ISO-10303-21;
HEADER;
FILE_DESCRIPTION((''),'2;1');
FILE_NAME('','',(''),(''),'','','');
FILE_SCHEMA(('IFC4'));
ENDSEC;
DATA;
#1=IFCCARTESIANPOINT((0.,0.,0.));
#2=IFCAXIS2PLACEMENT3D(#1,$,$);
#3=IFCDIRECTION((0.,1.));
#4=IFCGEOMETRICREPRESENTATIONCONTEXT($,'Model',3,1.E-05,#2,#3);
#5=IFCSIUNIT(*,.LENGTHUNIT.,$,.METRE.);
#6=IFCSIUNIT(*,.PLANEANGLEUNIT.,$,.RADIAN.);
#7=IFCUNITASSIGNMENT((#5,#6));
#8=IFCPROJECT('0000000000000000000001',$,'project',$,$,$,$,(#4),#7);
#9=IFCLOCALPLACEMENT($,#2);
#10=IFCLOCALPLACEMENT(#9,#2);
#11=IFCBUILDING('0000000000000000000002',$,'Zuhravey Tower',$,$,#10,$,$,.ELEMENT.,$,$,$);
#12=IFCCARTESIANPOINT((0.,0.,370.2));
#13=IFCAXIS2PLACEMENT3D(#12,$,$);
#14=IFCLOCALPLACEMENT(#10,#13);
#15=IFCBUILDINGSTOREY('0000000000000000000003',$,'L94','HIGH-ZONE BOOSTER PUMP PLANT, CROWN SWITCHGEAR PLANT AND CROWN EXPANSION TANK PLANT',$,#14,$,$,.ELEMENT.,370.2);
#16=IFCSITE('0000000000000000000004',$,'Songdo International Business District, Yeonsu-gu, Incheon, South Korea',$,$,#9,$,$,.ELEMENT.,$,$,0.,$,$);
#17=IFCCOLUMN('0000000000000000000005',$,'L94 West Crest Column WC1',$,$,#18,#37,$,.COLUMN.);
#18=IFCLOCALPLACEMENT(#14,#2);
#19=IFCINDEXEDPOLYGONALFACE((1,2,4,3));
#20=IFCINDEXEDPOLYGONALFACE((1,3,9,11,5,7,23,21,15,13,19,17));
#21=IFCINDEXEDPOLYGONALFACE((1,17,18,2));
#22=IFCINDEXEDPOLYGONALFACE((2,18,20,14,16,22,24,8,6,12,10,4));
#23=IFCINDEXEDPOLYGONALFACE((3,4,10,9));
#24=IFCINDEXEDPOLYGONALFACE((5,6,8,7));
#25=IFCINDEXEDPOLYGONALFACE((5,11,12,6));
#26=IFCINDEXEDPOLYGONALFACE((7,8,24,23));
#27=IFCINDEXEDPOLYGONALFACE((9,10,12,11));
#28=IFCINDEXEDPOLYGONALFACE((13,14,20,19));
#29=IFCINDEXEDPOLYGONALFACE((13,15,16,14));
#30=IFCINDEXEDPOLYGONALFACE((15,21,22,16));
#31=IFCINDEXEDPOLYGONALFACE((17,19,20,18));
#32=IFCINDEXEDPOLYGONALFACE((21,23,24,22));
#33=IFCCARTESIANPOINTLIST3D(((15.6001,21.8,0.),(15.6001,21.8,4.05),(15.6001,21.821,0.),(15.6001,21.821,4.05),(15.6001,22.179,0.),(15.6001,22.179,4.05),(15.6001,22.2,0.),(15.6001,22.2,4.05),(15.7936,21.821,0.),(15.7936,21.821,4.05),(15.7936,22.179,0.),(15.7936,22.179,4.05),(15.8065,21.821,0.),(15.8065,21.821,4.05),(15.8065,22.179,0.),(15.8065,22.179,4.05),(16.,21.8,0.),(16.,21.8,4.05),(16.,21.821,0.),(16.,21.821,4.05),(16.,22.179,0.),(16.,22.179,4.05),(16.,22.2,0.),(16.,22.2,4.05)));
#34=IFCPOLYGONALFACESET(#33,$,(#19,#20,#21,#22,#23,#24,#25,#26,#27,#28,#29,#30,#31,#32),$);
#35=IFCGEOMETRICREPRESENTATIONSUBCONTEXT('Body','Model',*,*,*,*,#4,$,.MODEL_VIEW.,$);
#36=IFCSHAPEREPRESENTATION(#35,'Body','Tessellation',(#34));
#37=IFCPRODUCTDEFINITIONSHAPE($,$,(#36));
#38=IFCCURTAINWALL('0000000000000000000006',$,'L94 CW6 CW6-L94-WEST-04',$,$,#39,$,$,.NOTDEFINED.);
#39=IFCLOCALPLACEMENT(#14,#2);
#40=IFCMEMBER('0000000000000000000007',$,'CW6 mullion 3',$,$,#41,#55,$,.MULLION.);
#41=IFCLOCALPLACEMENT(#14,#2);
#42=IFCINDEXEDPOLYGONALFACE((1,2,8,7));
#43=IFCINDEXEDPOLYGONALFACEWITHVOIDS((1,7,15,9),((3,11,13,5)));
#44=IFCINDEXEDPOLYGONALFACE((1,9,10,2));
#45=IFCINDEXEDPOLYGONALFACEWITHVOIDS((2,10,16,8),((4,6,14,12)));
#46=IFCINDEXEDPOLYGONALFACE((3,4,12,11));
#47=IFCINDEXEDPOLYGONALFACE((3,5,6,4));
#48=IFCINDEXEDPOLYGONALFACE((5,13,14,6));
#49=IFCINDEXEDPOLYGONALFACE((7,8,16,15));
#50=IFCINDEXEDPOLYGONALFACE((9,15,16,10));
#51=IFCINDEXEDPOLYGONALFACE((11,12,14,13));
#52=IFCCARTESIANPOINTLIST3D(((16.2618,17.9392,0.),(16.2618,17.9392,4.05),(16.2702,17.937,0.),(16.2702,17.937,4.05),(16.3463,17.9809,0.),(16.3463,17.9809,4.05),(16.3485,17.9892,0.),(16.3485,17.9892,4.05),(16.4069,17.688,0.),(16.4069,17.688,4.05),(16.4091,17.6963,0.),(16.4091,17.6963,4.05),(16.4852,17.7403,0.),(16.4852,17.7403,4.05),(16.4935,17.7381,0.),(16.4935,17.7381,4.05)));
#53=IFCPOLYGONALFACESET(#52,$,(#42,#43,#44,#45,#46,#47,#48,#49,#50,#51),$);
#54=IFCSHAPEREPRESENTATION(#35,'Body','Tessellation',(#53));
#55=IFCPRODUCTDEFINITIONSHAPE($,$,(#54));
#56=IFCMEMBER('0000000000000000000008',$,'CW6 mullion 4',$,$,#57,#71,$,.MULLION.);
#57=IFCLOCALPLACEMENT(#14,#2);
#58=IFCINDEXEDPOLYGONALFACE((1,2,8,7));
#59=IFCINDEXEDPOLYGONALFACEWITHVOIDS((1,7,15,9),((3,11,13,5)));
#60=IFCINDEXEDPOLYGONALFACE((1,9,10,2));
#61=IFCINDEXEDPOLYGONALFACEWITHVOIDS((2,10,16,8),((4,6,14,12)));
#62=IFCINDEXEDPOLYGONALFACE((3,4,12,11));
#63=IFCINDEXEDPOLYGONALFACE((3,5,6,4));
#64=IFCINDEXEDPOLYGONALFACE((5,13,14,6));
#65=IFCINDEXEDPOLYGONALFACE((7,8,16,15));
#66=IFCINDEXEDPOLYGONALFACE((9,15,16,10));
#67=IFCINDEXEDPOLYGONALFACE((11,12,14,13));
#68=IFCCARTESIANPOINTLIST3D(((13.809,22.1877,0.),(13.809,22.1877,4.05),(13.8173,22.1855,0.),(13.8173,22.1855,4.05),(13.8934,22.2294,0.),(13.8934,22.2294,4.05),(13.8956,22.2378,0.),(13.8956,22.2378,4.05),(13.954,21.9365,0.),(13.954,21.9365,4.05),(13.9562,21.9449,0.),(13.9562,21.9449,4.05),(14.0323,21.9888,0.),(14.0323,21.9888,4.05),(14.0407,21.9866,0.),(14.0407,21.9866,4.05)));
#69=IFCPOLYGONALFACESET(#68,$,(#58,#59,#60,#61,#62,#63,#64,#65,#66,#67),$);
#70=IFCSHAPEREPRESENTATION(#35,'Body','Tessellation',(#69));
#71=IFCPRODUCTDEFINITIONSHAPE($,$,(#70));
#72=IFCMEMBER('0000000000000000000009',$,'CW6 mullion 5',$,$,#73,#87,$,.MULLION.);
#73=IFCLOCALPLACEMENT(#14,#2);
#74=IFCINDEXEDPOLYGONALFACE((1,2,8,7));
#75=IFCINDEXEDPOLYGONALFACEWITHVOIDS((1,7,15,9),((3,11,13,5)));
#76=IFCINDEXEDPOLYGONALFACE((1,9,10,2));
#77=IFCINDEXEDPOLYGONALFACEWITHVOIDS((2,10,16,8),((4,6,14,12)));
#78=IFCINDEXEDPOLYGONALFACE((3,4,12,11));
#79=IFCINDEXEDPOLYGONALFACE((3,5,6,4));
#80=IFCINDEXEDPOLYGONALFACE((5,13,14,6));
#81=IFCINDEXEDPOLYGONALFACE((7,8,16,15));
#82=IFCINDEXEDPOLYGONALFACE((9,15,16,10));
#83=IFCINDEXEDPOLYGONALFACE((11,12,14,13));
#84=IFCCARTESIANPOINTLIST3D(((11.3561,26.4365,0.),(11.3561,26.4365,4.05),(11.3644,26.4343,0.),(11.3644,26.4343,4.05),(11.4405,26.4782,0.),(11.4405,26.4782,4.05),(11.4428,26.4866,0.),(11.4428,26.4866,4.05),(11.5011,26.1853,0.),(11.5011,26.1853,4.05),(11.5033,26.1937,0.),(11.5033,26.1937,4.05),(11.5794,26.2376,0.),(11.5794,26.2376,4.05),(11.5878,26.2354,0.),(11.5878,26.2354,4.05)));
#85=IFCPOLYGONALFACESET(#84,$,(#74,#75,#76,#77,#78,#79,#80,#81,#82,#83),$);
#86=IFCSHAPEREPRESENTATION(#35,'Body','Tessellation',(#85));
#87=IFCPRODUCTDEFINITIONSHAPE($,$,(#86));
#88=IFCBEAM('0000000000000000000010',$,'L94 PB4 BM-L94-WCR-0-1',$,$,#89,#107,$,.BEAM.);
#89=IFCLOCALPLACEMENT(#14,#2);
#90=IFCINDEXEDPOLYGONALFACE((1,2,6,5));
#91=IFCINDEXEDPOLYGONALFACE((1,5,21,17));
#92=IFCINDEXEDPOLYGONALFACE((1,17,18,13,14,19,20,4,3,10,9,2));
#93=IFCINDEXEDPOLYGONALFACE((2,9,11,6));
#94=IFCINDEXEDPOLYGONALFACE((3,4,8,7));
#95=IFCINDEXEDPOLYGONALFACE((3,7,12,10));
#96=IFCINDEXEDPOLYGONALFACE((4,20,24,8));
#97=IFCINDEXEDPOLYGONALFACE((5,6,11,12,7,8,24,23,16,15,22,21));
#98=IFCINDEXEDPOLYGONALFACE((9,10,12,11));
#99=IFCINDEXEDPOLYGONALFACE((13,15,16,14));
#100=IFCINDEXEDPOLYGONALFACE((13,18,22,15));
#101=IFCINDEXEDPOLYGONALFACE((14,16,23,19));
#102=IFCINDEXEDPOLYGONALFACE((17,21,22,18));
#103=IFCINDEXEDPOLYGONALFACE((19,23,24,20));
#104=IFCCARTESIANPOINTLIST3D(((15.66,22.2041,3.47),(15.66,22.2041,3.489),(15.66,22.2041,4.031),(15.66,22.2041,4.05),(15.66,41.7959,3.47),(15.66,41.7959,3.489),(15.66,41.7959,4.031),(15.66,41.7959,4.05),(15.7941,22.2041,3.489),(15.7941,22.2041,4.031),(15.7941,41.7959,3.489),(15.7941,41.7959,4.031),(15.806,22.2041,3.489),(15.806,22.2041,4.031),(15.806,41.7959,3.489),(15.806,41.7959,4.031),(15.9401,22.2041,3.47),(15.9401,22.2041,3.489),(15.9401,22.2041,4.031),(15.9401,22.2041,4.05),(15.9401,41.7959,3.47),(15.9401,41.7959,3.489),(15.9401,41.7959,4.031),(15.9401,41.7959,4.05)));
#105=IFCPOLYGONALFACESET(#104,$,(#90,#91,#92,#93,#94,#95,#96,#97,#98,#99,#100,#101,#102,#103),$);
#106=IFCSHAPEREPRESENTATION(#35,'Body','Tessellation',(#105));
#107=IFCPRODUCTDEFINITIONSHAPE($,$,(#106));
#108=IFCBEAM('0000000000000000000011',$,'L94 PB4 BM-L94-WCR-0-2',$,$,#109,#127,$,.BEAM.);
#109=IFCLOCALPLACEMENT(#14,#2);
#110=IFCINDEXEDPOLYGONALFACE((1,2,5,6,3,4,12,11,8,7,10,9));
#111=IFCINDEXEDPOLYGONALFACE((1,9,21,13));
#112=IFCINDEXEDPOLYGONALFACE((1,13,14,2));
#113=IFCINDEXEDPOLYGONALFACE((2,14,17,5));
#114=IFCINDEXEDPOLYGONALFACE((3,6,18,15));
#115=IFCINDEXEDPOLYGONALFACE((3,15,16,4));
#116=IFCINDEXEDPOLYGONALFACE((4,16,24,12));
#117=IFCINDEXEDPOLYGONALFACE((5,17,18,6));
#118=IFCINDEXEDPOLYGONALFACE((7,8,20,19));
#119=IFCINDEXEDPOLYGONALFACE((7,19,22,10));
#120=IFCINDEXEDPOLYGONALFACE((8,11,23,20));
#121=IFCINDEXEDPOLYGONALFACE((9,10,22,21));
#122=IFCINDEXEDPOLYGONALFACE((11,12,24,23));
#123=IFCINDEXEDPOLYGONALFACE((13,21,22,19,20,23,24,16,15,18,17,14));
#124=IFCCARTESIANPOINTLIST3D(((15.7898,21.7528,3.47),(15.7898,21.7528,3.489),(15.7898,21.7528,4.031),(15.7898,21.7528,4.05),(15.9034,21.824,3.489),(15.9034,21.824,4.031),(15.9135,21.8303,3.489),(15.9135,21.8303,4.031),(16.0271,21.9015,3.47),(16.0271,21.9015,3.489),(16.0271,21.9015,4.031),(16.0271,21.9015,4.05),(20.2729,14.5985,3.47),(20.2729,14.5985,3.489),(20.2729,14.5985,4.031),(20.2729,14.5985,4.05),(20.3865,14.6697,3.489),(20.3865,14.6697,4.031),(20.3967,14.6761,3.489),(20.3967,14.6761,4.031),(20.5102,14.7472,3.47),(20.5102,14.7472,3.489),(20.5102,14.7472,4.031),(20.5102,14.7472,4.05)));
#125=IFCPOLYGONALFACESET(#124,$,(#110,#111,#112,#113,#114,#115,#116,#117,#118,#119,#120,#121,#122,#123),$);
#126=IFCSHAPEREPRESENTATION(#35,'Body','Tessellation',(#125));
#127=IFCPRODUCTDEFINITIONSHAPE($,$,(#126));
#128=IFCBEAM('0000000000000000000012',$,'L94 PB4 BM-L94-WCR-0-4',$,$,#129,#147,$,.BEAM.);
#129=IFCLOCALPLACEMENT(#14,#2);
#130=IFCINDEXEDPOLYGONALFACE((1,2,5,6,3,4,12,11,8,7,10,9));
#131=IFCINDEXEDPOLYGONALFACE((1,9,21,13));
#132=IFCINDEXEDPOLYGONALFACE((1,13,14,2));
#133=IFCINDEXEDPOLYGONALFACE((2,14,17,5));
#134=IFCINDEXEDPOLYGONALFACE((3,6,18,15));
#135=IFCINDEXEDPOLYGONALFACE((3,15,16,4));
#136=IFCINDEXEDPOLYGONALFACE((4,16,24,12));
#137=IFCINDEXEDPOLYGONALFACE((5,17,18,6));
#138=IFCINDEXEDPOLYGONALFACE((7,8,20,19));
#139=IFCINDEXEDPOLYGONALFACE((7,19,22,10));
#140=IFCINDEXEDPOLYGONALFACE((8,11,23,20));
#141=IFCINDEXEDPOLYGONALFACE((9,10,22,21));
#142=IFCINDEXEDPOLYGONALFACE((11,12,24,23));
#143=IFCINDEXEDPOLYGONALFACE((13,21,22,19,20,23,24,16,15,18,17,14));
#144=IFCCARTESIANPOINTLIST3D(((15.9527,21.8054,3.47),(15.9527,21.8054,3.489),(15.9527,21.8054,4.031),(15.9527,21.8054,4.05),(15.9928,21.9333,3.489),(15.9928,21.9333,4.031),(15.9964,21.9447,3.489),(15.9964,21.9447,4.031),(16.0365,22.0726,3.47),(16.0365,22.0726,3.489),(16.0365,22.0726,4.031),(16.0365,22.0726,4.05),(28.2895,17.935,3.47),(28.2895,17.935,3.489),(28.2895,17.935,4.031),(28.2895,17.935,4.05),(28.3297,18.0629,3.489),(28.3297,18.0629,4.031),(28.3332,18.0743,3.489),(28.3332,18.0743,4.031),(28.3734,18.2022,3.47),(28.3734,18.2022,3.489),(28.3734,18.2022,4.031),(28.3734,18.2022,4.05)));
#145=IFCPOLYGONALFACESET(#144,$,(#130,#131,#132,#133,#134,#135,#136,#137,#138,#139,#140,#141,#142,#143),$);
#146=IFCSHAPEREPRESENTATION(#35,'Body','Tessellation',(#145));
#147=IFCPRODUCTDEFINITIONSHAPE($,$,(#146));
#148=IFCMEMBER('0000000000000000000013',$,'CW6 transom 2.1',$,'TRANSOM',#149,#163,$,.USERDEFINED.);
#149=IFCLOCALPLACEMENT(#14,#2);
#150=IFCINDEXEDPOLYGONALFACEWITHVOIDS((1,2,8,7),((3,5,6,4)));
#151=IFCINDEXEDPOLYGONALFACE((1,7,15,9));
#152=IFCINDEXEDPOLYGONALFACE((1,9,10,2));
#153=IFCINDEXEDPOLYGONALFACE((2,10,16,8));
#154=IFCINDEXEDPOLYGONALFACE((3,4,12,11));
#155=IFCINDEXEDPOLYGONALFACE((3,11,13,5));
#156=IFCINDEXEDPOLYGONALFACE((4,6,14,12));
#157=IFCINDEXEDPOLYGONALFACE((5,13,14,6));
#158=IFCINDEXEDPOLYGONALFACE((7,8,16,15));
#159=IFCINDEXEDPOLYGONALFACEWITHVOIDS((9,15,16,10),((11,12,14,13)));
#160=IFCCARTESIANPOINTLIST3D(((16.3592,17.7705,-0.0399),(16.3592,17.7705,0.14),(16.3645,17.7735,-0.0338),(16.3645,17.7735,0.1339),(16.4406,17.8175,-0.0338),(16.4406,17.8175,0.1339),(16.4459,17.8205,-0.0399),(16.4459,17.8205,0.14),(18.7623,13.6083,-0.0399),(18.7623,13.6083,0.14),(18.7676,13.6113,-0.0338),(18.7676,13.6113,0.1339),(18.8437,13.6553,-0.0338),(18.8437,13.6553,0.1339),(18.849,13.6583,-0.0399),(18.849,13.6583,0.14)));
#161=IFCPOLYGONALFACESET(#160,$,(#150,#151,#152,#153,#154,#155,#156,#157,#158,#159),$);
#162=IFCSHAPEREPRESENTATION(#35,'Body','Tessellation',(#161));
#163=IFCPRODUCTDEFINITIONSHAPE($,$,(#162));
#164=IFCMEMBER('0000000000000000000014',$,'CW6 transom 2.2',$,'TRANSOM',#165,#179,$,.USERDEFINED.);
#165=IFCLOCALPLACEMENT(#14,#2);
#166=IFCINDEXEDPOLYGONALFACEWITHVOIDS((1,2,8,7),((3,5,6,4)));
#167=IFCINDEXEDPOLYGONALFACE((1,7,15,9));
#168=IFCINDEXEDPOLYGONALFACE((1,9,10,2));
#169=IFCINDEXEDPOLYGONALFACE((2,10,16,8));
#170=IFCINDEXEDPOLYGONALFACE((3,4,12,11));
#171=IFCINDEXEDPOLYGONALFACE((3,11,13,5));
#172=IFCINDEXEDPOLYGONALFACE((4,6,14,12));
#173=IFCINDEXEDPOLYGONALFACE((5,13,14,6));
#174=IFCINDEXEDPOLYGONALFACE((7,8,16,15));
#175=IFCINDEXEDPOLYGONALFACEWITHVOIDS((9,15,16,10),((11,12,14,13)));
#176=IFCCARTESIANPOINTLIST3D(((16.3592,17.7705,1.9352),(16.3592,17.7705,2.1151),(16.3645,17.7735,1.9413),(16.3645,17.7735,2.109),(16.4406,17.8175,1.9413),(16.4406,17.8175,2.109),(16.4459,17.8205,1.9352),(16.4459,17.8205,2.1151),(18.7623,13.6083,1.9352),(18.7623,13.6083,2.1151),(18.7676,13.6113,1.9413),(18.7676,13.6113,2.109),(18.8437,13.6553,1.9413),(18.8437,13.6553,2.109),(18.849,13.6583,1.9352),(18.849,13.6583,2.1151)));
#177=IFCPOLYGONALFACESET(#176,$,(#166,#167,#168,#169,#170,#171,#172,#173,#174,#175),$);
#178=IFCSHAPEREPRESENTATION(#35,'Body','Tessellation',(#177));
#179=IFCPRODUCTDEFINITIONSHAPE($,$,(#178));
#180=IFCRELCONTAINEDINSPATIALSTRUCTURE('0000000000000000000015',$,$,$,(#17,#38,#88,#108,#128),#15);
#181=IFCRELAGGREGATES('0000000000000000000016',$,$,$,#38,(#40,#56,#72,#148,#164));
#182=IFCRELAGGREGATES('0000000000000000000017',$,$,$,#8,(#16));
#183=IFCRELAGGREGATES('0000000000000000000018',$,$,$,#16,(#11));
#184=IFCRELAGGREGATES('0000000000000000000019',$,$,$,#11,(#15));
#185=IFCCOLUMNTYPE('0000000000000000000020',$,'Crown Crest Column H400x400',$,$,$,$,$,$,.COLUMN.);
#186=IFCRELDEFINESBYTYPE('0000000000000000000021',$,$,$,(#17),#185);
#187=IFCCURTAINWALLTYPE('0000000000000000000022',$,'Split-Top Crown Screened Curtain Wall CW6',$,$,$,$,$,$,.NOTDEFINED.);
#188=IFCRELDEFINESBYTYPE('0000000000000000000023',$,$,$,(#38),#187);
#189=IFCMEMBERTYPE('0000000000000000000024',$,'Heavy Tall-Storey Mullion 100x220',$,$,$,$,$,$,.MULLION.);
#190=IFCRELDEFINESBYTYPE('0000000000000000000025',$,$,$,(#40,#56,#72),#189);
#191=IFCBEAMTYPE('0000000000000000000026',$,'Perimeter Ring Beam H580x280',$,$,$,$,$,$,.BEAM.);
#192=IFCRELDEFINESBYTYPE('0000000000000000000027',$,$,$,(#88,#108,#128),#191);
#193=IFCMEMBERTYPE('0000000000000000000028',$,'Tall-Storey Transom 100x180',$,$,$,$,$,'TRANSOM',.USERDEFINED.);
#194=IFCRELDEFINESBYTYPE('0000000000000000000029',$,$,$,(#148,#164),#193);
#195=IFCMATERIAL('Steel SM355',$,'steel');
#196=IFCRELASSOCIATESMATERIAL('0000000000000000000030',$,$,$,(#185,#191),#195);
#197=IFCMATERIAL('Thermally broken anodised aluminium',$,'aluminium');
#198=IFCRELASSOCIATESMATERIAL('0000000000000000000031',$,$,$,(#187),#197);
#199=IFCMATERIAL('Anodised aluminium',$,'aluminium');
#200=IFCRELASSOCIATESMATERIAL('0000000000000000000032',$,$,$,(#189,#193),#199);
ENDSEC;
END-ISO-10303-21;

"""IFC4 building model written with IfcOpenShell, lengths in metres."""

from ifc_helpers import new_model, si_unit, direction, frame, origin, origin_2d, place, context, subcontext, project, spatial, hollow_rectangle, i_section, extrude, material, material_profile, profile_set, type_object, element, aggregate, save


model = new_model("IFC4")

# Units and contexts
model_context = context("Model", 3, precision=1e-05, world=origin(), true_north=direction((0.0, 1.0)))
body_context = subcontext(model_context, "Body", "Model", "MODEL_VIEW")
ifc_project = project(units=[si_unit("LENGTHUNIT", "METRE"), si_unit("PLANEANGLEUNIT", "RADIAN")], contexts=[model_context])

# Site, building, storey
site_placement = place(None, origin())
site = spatial("IfcSite", under=ifc_project, at=site_placement, Name="Songdo International Business District, Yeonsu-gu, Incheon, South Korea", CompositionType="ELEMENT", RefElevation=0.0)
building_placement = place(site_placement, origin())
building = spatial("IfcBuilding", under=site, at=building_placement, Name="Zuhravey Tower", CompositionType="ELEMENT")
storey_placement = place(building_placement, frame((0.0, 0.0, 370.2)))
storey = spatial("IfcBuildingStorey", under=building, at=storey_placement, Name="L94", Description="HIGH-ZONE BOOSTER PUMP PLANT, CROWN SWITCHGEAR PLANT AND CROWN EXPANSION TANK PLANT", CompositionType="ELEMENT", Elevation=370.2)

# Column
ifc_material_1 = material(Name="Steel SM355", Category="steel")
ifc_material_profile_1 = material_profile(ifc_material_1, i_section(OverallWidth=0.3999, OverallDepth=0.3999, WebThickness=0.0129, FlangeThickness=0.021, at=origin_2d()), Name="H-400x400x13x21")
ifc_profile_set_1 = profile_set([ifc_material_profile_1], Name="Steel SM355")
column_type = type_object("IfcColumnType", Name="Crown Crest Column H400x400", PredefinedType="COLUMN", material=ifc_profile_set_1)
column_placement = place(storey_placement, frame((15.8, 22.0, 0.0), z_axis=(0.0, 0.0, 1.0), x_axis=(1.0, 0.0, 0.0)))
element("IfcColumn", 1, at=column_placement, inside=storey, type_object=column_type, Name="L94 West Crest Column WC1", PredefinedType="COLUMN", context=body_context, shape_type="SweptSolid", body=[
    extrude(i_section(OverallWidth=0.3999, OverallDepth=0.3999, WebThickness=0.0129, FlangeThickness=0.021, at=origin_2d()), origin(), (0.0, 0.0, 1.0), 4.05),
])

# Curtain wall, members
ifc_material_2 = material(Name="Thermally broken anodised aluminium", Category="aluminium")
curtain_wall_type = type_object("IfcCurtainWallType", Name="Split-Top Crown Screened Curtain Wall CW6", PredefinedType="NOTDEFINED", material=ifc_material_2)
curtain_wall_placement = place(storey_placement, origin())
curtain_wall = element("IfcCurtainWall", 2, at=curtain_wall_placement, inside=storey, type_object=curtain_wall_type, Name="L94 CW6 CW6-L94-WEST-04", PredefinedType="NOTDEFINED")
ifc_material_3 = material(Name="Anodised aluminium", Category="aluminium")
ifc_material_profile_2 = material_profile(ifc_material_3, hollow_rectangle(XDim=0.1001, YDim=0.29, WallThickness=0.0061, at=origin_2d()), Name="ALU-RHS-100x290x6")
ifc_profile_set_2 = profile_set([ifc_material_profile_2], Name="Anodised aluminium")
member_type_1 = type_object("IfcMemberType", Name="Heavy Tall-Storey Mullion 100x220", PredefinedType="MULLION", material=ifc_profile_set_2)
member_1_placement = place(storey_placement, frame((16.3777, 17.8386, 0.0), z_axis=(0.0, 0.0, 1.0), x_axis=(-0.866027, -0.499997, 0.0)))
member_1 = element("IfcMember", 3, at=member_1_placement, type_object=member_type_1, Name="CW6 mullion 3", PredefinedType="MULLION", context=body_context, shape_type="SweptSolid", body=[
    extrude(hollow_rectangle(XDim=0.1001, YDim=0.29, WallThickness=0.0061, at=origin_2d()), origin(), (0.0, 0.0, 1.0), 4.05),
])
member_2_placement = place(storey_placement, frame((13.9248, 22.0872, 0.0), z_axis=(0.0, 0.0, 1.0), x_axis=(-0.866027, -0.499997, 0.0)))
member_2 = element("IfcMember", 4, at=member_2_placement, type_object=member_type_1, Name="CW6 mullion 4", PredefinedType="MULLION", context=body_context, shape_type="SweptSolid", body=[
    extrude(hollow_rectangle(XDim=0.1001, YDim=0.29, WallThickness=0.0061, at=origin_2d()), origin(), (0.0, 0.0, 1.0), 4.05),
])
member_3_placement = place(storey_placement, frame((11.4719, 26.3359, 0.0), z_axis=(0.0, 0.0, 1.0), x_axis=(-0.866027, -0.499997, 0.0)))
member_3 = element("IfcMember", 5, at=member_3_placement, type_object=member_type_1, Name="CW6 mullion 5", PredefinedType="MULLION", context=body_context, shape_type="SweptSolid", body=[
    extrude(hollow_rectangle(XDim=0.1001, YDim=0.29, WallThickness=0.0061, at=origin_2d()), origin(), (0.0, 0.0, 1.0), 4.05),
])

# Beams
ifc_material_profile_3 = material_profile(ifc_material_1, i_section(OverallWidth=0.28, OverallDepth=0.5801, WebThickness=0.012, FlangeThickness=0.019, at=origin_2d()), Name="H-580x280x12x19")
ifc_profile_set_3 = profile_set([ifc_material_profile_3], Name="Steel SM355")
beam_type = type_object("IfcBeamType", Name="Perimeter Ring Beam H580x280", PredefinedType="BEAM", material=ifc_profile_set_3)
beam_1_placement = place(storey_placement, frame((15.8, 22.2041, 3.76), z_axis=(0.0, 1.0, 0.0), x_axis=(-1.0, 0.0, 0.0)))
element("IfcBeam", 6, at=beam_1_placement, inside=storey, type_object=beam_type, Name="L94 PB4 BM-L94-WCR-0-1", PredefinedType="BEAM", context=body_context, shape_type="SweptSolid", body=[
    extrude(i_section(OverallWidth=0.28, OverallDepth=0.5801, WebThickness=0.012, FlangeThickness=0.019, at=origin_2d()), origin(), (0.0, 0.0, 1.0), 19.5918),
])
beam_2_placement = place(storey_placement, frame((15.9084, 21.8271, 3.76), z_axis=(0.530997, -0.847374, 0.0), x_axis=(0.847374, 0.530997, 0.0)))
element("IfcBeam", 7, at=beam_2_placement, inside=storey, type_object=beam_type, Name="L94 PB4 BM-L94-WCR-0-2", PredefinedType="BEAM", context=body_context, shape_type="SweptSolid", body=[
    extrude(i_section(OverallWidth=0.28, OverallDepth=0.5801, WebThickness=0.012, FlangeThickness=0.019, at=origin_2d()), origin(), (0.0, 0.0, 1.0), 8.4429),
])
beam_3_placement = place(storey_placement, frame((15.9946, 21.939, 3.76), z_axis=(0.954147, -0.299337, 0.0), x_axis=(0.299337, 0.954147, 0.0)))
element("IfcBeam", 8, at=beam_3_placement, inside=storey, type_object=beam_type, Name="L94 PB4 BM-L94-WCR-0-4", PredefinedType="BEAM", context=body_context, shape_type="SweptSolid", body=[
    extrude(i_section(OverallWidth=0.28, OverallDepth=0.5801, WebThickness=0.012, FlangeThickness=0.019, at=origin_2d()), origin(), (0.0, 0.0, 1.0), 12.9297),
])

# Members
ifc_material_profile_4 = material_profile(ifc_material_3, hollow_rectangle(XDim=0.1001, YDim=0.1799, WallThickness=0.0061, at=origin_2d()), Name="ALU-RHS-100x180x6")
ifc_profile_set_4 = profile_set([ifc_material_profile_4], Name="Anodised aluminium")
member_type_2 = type_object("IfcMemberType", Name="Tall-Storey Transom 100x180", ElementType="TRANSOM", PredefinedType="USERDEFINED", material=ifc_profile_set_4)
member_4_placement = place(storey_placement, frame((18.8057, 13.6333, 0.05), z_axis=(-0.500013, 0.866018, 0.0), x_axis=(-0.866018, -0.500013, 0.0)))
member_4 = element("IfcMember", 9, at=member_4_placement, type_object=member_type_2, Name="CW6 transom 2.1", ObjectType="TRANSOM", PredefinedType="USERDEFINED", context=body_context, shape_type="SweptSolid", body=[
    extrude(hollow_rectangle(XDim=0.1001, YDim=0.1799, WallThickness=0.0061, at=origin_2d()), origin(), (0.0, 0.0, 1.0), 4.8062),
])
member_5_placement = place(storey_placement, frame((18.8057, 13.6333, 2.0251), z_axis=(-0.500013, 0.866018, 0.0), x_axis=(-0.866018, -0.500013, 0.0)))
member_5 = element("IfcMember", 10, at=member_5_placement, type_object=member_type_2, Name="CW6 transom 2.2", ObjectType="TRANSOM", PredefinedType="USERDEFINED", context=body_context, shape_type="SweptSolid", body=[
    extrude(hollow_rectangle(XDim=0.1001, YDim=0.1799, WallThickness=0.0061, at=origin_2d()), origin(), (0.0, 0.0, 1.0), 4.8062),
])

aggregate(curtain_wall, [member_1, member_2, member_3, member_4, member_5])

save(model, "model.ifc")
